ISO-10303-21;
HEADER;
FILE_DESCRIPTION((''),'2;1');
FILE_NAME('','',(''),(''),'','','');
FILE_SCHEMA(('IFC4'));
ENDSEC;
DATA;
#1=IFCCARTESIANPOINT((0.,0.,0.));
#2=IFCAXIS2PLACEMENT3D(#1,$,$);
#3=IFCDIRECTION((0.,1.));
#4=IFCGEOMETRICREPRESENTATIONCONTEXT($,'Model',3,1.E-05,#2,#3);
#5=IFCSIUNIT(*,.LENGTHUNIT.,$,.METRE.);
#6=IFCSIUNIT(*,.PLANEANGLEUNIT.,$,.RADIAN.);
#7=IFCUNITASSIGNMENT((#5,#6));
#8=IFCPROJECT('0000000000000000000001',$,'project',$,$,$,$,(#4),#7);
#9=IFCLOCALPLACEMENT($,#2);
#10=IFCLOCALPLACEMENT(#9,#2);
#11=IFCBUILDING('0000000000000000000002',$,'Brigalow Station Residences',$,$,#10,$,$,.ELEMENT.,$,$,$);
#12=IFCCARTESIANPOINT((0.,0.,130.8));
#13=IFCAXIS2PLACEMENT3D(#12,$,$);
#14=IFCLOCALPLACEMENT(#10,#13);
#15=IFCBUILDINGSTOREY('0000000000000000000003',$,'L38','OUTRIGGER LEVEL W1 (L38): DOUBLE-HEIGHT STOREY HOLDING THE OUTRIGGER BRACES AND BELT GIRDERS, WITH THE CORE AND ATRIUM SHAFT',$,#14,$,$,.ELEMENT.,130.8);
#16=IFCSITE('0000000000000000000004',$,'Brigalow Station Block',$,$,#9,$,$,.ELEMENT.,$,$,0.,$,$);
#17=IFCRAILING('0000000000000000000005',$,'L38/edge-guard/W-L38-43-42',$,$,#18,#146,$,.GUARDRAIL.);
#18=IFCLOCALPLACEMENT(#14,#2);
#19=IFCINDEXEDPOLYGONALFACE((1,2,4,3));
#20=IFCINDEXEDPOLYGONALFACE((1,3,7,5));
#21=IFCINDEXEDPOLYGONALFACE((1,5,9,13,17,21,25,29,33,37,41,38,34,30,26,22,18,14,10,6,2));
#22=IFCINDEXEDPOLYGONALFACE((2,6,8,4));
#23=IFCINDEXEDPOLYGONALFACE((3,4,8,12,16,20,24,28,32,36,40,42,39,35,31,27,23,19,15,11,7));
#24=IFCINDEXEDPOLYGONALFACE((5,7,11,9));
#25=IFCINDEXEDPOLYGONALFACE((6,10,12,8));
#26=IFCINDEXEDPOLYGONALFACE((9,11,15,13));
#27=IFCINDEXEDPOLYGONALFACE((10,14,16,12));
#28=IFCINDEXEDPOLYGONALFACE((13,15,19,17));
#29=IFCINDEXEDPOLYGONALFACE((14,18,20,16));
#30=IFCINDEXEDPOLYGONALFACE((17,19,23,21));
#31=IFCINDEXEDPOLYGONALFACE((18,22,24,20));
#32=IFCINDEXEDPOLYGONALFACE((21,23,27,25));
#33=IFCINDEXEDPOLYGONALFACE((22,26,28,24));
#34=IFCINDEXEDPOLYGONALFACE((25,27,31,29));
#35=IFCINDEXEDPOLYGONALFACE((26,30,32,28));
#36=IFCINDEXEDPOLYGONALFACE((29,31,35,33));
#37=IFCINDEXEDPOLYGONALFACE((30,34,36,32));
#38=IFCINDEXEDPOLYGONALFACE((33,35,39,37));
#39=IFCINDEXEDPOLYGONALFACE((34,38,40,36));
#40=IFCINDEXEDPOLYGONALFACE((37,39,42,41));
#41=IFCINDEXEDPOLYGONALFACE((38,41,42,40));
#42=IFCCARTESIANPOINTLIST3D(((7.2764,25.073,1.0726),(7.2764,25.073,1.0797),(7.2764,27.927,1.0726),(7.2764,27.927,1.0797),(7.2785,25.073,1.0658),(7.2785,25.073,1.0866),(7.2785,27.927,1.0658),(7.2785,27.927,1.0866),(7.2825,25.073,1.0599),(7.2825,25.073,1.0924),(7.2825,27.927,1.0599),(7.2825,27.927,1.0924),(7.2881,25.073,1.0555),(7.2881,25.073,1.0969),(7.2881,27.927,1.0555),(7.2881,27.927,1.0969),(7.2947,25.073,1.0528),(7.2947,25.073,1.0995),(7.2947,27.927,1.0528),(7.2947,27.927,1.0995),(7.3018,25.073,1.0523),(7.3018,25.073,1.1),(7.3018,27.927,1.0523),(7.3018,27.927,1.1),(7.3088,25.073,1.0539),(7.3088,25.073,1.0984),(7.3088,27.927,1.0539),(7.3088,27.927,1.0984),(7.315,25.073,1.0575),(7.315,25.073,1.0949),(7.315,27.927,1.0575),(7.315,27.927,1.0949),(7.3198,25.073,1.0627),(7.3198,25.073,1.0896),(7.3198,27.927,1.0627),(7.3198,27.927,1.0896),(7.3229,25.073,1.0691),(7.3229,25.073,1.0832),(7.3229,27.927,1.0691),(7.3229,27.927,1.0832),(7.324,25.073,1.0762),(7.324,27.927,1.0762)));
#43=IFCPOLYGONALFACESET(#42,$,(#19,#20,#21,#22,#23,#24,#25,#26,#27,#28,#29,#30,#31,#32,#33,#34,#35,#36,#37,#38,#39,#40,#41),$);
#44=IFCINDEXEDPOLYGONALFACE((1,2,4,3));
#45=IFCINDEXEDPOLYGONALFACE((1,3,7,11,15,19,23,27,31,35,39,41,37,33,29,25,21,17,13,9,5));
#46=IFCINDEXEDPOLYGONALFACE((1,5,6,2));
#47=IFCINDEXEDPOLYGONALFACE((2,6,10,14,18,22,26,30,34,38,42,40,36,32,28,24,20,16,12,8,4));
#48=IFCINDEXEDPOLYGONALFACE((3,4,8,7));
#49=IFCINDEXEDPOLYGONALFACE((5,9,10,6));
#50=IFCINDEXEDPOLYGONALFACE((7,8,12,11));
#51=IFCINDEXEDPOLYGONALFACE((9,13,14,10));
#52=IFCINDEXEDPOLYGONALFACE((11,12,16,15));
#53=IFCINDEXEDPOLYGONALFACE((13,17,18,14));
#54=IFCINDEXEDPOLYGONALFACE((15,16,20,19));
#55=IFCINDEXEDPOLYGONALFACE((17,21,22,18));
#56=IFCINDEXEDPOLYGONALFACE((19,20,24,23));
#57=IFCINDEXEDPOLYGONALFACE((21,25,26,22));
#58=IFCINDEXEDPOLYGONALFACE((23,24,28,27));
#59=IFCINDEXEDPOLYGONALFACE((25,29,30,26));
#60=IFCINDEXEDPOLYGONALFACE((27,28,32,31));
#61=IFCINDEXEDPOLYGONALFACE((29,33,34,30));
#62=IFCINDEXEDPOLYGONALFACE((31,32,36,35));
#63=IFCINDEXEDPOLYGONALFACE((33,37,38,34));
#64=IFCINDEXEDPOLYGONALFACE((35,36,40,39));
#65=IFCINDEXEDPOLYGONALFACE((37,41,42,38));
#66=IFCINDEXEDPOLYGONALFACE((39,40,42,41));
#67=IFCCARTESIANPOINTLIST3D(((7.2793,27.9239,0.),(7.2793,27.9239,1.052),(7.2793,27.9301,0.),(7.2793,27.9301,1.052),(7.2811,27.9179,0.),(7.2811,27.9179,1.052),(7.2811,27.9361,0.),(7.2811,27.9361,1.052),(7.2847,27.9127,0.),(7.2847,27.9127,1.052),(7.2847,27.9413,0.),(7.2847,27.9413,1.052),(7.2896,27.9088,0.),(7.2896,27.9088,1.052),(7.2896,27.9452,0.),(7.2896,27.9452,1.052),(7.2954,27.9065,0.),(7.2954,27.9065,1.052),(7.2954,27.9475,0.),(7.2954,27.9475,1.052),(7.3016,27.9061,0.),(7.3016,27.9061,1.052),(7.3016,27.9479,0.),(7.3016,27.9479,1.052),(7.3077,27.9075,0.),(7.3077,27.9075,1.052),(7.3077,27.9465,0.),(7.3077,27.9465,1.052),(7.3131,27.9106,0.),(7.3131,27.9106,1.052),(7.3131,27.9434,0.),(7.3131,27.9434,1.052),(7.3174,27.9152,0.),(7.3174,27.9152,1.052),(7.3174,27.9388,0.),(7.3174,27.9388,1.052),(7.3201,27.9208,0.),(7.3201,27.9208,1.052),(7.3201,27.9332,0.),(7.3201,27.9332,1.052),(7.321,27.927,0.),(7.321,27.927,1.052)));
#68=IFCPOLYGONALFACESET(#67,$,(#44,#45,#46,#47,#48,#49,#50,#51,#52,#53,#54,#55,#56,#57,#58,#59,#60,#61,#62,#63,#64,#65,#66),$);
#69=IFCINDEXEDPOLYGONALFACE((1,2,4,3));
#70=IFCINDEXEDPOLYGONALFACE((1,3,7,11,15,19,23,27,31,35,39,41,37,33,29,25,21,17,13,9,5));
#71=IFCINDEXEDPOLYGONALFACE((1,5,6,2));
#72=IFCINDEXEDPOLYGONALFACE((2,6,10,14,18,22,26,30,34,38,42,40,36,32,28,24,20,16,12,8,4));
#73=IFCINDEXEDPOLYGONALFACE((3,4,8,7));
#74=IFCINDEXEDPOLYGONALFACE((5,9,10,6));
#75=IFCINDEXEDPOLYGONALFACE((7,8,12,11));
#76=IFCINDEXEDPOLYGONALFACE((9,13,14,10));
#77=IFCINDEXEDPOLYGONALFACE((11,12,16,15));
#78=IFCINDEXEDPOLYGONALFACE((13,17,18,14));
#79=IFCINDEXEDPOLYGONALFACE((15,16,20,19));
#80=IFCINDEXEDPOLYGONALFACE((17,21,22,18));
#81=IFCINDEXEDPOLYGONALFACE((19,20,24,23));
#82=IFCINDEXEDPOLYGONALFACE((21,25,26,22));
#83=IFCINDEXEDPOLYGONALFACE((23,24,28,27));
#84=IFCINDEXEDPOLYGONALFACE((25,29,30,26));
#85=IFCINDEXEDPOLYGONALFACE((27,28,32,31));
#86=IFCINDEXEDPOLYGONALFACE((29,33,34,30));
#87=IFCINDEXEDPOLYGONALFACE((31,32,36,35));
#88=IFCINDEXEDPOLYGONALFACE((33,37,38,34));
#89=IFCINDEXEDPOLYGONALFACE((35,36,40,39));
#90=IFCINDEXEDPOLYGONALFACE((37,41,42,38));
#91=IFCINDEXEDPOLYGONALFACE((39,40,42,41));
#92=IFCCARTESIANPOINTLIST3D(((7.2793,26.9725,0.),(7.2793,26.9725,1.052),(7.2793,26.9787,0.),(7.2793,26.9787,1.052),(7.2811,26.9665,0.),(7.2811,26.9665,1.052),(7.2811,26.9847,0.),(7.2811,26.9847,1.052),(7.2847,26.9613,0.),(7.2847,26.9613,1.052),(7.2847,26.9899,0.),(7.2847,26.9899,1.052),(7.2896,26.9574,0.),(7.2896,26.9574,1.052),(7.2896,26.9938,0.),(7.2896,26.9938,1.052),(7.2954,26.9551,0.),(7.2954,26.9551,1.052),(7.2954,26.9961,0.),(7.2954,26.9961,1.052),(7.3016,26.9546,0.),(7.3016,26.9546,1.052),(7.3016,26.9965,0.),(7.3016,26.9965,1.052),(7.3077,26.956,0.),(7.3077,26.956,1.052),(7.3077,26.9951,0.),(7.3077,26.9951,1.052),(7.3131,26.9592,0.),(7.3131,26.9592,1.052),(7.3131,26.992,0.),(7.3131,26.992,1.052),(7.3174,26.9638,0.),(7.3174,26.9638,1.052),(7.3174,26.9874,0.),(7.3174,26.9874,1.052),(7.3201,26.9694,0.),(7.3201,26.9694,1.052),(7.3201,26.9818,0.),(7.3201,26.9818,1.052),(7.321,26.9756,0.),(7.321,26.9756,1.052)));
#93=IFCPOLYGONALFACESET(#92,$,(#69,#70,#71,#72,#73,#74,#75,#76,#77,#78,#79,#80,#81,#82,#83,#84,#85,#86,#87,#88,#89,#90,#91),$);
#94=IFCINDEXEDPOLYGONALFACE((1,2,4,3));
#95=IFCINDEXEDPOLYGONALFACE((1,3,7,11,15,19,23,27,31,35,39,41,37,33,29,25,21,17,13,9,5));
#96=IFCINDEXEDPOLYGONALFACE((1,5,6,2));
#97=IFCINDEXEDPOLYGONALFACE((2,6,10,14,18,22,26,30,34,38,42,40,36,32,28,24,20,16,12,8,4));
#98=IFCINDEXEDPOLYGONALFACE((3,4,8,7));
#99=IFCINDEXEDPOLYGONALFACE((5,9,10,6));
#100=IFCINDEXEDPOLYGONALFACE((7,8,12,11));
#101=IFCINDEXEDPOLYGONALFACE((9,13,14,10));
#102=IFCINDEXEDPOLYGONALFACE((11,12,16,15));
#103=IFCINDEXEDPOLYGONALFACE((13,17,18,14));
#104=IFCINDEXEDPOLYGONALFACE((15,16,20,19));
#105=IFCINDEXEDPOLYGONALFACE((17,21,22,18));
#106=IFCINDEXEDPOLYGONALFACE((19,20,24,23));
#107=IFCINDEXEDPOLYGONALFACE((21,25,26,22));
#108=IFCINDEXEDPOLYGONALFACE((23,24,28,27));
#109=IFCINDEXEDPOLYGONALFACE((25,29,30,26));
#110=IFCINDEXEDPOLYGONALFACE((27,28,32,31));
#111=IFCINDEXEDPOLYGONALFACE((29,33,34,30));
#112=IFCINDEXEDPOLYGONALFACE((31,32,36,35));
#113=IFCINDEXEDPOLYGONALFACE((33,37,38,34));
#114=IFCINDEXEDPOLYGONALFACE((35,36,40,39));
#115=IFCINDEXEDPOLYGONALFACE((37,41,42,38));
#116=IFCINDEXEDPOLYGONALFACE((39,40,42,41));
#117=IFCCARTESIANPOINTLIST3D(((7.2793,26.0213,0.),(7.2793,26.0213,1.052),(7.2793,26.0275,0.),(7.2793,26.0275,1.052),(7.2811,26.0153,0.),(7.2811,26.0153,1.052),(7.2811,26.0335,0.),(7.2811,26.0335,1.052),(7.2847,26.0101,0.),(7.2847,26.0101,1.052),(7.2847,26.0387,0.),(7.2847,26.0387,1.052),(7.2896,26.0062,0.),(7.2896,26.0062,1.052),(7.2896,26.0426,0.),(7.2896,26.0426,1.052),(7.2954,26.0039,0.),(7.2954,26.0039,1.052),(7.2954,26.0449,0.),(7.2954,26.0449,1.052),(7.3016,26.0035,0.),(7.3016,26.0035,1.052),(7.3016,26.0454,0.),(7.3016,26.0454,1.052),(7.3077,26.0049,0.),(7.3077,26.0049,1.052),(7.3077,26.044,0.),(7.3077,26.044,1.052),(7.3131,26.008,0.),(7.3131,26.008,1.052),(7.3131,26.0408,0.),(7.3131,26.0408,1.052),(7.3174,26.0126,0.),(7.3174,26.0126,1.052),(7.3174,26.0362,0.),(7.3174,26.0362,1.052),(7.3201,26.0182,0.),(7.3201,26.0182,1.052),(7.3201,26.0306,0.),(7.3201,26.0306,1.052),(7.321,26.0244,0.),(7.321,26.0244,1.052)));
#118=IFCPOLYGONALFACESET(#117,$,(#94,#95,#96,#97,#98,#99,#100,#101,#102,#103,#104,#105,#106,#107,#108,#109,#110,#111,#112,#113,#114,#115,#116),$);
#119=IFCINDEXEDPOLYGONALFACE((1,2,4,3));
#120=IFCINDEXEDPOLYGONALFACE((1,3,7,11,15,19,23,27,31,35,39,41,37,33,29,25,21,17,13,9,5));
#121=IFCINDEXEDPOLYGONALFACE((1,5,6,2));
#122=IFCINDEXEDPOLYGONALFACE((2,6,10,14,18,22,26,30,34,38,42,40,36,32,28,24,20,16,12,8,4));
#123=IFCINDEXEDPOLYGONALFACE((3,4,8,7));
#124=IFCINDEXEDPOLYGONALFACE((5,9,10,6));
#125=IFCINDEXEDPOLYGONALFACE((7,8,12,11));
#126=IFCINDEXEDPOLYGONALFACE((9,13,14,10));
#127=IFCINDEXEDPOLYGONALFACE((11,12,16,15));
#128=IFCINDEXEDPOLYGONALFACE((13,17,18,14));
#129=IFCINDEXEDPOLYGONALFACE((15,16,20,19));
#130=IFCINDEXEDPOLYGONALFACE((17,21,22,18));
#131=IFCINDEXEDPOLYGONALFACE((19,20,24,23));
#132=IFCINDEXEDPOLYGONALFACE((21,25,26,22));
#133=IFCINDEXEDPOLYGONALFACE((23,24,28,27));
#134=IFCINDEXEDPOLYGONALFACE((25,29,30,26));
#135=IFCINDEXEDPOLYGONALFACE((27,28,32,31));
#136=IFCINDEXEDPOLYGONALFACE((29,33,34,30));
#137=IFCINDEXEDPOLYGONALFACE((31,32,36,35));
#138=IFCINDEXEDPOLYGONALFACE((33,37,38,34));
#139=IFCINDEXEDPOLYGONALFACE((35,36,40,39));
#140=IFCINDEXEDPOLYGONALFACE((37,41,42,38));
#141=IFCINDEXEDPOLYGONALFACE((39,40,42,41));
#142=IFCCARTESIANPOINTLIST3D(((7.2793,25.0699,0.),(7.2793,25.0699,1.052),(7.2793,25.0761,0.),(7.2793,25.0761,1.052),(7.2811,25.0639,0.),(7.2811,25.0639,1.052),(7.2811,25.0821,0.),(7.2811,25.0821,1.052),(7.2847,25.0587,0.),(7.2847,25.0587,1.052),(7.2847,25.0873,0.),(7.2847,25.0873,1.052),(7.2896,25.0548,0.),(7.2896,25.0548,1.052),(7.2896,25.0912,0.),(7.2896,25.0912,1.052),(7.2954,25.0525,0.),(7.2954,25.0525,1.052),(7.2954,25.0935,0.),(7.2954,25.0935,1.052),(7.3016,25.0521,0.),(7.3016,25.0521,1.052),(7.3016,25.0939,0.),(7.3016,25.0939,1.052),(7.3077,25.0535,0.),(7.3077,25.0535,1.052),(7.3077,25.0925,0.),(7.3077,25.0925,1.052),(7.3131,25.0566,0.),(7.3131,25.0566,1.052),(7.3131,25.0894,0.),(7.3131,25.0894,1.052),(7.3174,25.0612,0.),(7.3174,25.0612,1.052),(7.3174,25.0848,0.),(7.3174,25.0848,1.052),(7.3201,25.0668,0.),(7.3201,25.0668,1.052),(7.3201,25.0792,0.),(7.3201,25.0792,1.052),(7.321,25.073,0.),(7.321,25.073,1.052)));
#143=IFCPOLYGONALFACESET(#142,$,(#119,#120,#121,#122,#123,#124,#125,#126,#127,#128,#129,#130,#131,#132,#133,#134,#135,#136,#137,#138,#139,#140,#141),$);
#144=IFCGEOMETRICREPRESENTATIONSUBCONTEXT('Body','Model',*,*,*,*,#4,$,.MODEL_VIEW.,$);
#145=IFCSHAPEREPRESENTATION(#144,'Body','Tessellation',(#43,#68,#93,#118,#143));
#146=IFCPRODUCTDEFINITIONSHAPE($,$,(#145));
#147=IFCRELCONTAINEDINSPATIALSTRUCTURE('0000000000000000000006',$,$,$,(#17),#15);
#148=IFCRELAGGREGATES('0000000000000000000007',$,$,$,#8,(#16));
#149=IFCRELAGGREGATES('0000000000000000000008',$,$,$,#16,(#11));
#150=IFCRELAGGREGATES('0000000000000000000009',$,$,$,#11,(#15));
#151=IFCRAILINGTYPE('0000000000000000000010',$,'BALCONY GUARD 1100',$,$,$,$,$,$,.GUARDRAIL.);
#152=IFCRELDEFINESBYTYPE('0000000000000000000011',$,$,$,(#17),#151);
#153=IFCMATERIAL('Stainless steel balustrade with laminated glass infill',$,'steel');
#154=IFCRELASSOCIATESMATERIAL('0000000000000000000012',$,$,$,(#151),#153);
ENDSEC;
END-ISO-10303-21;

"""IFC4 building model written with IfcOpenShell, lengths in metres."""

from ifc_helpers import new_model, si_unit, direction, frame, origin, origin_2d, place, context, subcontext, project, spatial, circle, extrude, material, type_object, element, save


model = new_model("IFC4")

# Units and contexts
model_context = context("Model", 3, precision=1e-05, world=origin(), true_north=direction((0.0, 1.0)))
body_context = subcontext(model_context, "Body", "Model", "MODEL_VIEW")
ifc_project = project(units=[si_unit("LENGTHUNIT", "METRE"), si_unit("PLANEANGLEUNIT", "RADIAN")], contexts=[model_context])

# Site, building, storey
site_placement = place(None, origin())
site = spatial("IfcSite", under=ifc_project, at=site_placement, Name="Brigalow Station Block", CompositionType="ELEMENT", RefElevation=0.0)
building_placement = place(site_placement, origin())
building = spatial("IfcBuilding", under=site, at=building_placement, Name="Brigalow Station Residences", CompositionType="ELEMENT")
storey_placement = place(building_placement, frame((0.0, 0.0, 130.8)))
storey = spatial("IfcBuildingStorey", under=building, at=storey_placement, Name="L38", Description="OUTRIGGER LEVEL W1 (L38): DOUBLE-HEIGHT STOREY HOLDING THE OUTRIGGER BRACES AND BELT GIRDERS, WITH THE CORE AND ATRIUM SHAFT", CompositionType="ELEMENT", Elevation=130.8)

# Railing
ifc_material_1 = material(Name="Stainless steel balustrade with laminated glass infill", Category="steel")
railing_type_1 = type_object("IfcRailingType", Name="BALCONY GUARD 1100", PredefinedType="GUARDRAIL", material=ifc_material_1)
for number, where, name in (
    (1, (7.3, 27.927, 0.0), "L38/edge-guard/W-L38-43-42"),
):
    element("IfcRailing", number, at=place(storey_placement, frame(where)), inside=storey, type_object=railing_type_1, Name=name, PredefinedType="GUARDRAIL", context=body_context, shape_type="SweptSolid", body=[
        extrude(circle(Radius=0.0239, at=origin_2d()), frame((0.0, 0.0, 1.0762), z_axis=(0.0, -1.0, 0.0), x_axis=(1.0, 0.0, 0.0)), (0.0, 0.0, 1.0), 2.854),
        extrude(circle(Radius=0.021, at=origin_2d()), origin(), (0.0, 0.0, 1.0), 1.052),
        extrude(circle(Radius=0.021, at=origin_2d()), frame((0.0, -0.9514, 0.0)), (0.0, 0.0, 1.0), 1.052),
        extrude(circle(Radius=0.021, at=origin_2d()), frame((0.0, -1.9026, 0.0)), (0.0, 0.0, 1.0), 1.052),
        extrude(circle(Radius=0.021, at=origin_2d()), frame((0.0, -2.854, 0.0)), (0.0, 0.0, 1.0), 1.052),
    ])

save(model, "model.ifc")
